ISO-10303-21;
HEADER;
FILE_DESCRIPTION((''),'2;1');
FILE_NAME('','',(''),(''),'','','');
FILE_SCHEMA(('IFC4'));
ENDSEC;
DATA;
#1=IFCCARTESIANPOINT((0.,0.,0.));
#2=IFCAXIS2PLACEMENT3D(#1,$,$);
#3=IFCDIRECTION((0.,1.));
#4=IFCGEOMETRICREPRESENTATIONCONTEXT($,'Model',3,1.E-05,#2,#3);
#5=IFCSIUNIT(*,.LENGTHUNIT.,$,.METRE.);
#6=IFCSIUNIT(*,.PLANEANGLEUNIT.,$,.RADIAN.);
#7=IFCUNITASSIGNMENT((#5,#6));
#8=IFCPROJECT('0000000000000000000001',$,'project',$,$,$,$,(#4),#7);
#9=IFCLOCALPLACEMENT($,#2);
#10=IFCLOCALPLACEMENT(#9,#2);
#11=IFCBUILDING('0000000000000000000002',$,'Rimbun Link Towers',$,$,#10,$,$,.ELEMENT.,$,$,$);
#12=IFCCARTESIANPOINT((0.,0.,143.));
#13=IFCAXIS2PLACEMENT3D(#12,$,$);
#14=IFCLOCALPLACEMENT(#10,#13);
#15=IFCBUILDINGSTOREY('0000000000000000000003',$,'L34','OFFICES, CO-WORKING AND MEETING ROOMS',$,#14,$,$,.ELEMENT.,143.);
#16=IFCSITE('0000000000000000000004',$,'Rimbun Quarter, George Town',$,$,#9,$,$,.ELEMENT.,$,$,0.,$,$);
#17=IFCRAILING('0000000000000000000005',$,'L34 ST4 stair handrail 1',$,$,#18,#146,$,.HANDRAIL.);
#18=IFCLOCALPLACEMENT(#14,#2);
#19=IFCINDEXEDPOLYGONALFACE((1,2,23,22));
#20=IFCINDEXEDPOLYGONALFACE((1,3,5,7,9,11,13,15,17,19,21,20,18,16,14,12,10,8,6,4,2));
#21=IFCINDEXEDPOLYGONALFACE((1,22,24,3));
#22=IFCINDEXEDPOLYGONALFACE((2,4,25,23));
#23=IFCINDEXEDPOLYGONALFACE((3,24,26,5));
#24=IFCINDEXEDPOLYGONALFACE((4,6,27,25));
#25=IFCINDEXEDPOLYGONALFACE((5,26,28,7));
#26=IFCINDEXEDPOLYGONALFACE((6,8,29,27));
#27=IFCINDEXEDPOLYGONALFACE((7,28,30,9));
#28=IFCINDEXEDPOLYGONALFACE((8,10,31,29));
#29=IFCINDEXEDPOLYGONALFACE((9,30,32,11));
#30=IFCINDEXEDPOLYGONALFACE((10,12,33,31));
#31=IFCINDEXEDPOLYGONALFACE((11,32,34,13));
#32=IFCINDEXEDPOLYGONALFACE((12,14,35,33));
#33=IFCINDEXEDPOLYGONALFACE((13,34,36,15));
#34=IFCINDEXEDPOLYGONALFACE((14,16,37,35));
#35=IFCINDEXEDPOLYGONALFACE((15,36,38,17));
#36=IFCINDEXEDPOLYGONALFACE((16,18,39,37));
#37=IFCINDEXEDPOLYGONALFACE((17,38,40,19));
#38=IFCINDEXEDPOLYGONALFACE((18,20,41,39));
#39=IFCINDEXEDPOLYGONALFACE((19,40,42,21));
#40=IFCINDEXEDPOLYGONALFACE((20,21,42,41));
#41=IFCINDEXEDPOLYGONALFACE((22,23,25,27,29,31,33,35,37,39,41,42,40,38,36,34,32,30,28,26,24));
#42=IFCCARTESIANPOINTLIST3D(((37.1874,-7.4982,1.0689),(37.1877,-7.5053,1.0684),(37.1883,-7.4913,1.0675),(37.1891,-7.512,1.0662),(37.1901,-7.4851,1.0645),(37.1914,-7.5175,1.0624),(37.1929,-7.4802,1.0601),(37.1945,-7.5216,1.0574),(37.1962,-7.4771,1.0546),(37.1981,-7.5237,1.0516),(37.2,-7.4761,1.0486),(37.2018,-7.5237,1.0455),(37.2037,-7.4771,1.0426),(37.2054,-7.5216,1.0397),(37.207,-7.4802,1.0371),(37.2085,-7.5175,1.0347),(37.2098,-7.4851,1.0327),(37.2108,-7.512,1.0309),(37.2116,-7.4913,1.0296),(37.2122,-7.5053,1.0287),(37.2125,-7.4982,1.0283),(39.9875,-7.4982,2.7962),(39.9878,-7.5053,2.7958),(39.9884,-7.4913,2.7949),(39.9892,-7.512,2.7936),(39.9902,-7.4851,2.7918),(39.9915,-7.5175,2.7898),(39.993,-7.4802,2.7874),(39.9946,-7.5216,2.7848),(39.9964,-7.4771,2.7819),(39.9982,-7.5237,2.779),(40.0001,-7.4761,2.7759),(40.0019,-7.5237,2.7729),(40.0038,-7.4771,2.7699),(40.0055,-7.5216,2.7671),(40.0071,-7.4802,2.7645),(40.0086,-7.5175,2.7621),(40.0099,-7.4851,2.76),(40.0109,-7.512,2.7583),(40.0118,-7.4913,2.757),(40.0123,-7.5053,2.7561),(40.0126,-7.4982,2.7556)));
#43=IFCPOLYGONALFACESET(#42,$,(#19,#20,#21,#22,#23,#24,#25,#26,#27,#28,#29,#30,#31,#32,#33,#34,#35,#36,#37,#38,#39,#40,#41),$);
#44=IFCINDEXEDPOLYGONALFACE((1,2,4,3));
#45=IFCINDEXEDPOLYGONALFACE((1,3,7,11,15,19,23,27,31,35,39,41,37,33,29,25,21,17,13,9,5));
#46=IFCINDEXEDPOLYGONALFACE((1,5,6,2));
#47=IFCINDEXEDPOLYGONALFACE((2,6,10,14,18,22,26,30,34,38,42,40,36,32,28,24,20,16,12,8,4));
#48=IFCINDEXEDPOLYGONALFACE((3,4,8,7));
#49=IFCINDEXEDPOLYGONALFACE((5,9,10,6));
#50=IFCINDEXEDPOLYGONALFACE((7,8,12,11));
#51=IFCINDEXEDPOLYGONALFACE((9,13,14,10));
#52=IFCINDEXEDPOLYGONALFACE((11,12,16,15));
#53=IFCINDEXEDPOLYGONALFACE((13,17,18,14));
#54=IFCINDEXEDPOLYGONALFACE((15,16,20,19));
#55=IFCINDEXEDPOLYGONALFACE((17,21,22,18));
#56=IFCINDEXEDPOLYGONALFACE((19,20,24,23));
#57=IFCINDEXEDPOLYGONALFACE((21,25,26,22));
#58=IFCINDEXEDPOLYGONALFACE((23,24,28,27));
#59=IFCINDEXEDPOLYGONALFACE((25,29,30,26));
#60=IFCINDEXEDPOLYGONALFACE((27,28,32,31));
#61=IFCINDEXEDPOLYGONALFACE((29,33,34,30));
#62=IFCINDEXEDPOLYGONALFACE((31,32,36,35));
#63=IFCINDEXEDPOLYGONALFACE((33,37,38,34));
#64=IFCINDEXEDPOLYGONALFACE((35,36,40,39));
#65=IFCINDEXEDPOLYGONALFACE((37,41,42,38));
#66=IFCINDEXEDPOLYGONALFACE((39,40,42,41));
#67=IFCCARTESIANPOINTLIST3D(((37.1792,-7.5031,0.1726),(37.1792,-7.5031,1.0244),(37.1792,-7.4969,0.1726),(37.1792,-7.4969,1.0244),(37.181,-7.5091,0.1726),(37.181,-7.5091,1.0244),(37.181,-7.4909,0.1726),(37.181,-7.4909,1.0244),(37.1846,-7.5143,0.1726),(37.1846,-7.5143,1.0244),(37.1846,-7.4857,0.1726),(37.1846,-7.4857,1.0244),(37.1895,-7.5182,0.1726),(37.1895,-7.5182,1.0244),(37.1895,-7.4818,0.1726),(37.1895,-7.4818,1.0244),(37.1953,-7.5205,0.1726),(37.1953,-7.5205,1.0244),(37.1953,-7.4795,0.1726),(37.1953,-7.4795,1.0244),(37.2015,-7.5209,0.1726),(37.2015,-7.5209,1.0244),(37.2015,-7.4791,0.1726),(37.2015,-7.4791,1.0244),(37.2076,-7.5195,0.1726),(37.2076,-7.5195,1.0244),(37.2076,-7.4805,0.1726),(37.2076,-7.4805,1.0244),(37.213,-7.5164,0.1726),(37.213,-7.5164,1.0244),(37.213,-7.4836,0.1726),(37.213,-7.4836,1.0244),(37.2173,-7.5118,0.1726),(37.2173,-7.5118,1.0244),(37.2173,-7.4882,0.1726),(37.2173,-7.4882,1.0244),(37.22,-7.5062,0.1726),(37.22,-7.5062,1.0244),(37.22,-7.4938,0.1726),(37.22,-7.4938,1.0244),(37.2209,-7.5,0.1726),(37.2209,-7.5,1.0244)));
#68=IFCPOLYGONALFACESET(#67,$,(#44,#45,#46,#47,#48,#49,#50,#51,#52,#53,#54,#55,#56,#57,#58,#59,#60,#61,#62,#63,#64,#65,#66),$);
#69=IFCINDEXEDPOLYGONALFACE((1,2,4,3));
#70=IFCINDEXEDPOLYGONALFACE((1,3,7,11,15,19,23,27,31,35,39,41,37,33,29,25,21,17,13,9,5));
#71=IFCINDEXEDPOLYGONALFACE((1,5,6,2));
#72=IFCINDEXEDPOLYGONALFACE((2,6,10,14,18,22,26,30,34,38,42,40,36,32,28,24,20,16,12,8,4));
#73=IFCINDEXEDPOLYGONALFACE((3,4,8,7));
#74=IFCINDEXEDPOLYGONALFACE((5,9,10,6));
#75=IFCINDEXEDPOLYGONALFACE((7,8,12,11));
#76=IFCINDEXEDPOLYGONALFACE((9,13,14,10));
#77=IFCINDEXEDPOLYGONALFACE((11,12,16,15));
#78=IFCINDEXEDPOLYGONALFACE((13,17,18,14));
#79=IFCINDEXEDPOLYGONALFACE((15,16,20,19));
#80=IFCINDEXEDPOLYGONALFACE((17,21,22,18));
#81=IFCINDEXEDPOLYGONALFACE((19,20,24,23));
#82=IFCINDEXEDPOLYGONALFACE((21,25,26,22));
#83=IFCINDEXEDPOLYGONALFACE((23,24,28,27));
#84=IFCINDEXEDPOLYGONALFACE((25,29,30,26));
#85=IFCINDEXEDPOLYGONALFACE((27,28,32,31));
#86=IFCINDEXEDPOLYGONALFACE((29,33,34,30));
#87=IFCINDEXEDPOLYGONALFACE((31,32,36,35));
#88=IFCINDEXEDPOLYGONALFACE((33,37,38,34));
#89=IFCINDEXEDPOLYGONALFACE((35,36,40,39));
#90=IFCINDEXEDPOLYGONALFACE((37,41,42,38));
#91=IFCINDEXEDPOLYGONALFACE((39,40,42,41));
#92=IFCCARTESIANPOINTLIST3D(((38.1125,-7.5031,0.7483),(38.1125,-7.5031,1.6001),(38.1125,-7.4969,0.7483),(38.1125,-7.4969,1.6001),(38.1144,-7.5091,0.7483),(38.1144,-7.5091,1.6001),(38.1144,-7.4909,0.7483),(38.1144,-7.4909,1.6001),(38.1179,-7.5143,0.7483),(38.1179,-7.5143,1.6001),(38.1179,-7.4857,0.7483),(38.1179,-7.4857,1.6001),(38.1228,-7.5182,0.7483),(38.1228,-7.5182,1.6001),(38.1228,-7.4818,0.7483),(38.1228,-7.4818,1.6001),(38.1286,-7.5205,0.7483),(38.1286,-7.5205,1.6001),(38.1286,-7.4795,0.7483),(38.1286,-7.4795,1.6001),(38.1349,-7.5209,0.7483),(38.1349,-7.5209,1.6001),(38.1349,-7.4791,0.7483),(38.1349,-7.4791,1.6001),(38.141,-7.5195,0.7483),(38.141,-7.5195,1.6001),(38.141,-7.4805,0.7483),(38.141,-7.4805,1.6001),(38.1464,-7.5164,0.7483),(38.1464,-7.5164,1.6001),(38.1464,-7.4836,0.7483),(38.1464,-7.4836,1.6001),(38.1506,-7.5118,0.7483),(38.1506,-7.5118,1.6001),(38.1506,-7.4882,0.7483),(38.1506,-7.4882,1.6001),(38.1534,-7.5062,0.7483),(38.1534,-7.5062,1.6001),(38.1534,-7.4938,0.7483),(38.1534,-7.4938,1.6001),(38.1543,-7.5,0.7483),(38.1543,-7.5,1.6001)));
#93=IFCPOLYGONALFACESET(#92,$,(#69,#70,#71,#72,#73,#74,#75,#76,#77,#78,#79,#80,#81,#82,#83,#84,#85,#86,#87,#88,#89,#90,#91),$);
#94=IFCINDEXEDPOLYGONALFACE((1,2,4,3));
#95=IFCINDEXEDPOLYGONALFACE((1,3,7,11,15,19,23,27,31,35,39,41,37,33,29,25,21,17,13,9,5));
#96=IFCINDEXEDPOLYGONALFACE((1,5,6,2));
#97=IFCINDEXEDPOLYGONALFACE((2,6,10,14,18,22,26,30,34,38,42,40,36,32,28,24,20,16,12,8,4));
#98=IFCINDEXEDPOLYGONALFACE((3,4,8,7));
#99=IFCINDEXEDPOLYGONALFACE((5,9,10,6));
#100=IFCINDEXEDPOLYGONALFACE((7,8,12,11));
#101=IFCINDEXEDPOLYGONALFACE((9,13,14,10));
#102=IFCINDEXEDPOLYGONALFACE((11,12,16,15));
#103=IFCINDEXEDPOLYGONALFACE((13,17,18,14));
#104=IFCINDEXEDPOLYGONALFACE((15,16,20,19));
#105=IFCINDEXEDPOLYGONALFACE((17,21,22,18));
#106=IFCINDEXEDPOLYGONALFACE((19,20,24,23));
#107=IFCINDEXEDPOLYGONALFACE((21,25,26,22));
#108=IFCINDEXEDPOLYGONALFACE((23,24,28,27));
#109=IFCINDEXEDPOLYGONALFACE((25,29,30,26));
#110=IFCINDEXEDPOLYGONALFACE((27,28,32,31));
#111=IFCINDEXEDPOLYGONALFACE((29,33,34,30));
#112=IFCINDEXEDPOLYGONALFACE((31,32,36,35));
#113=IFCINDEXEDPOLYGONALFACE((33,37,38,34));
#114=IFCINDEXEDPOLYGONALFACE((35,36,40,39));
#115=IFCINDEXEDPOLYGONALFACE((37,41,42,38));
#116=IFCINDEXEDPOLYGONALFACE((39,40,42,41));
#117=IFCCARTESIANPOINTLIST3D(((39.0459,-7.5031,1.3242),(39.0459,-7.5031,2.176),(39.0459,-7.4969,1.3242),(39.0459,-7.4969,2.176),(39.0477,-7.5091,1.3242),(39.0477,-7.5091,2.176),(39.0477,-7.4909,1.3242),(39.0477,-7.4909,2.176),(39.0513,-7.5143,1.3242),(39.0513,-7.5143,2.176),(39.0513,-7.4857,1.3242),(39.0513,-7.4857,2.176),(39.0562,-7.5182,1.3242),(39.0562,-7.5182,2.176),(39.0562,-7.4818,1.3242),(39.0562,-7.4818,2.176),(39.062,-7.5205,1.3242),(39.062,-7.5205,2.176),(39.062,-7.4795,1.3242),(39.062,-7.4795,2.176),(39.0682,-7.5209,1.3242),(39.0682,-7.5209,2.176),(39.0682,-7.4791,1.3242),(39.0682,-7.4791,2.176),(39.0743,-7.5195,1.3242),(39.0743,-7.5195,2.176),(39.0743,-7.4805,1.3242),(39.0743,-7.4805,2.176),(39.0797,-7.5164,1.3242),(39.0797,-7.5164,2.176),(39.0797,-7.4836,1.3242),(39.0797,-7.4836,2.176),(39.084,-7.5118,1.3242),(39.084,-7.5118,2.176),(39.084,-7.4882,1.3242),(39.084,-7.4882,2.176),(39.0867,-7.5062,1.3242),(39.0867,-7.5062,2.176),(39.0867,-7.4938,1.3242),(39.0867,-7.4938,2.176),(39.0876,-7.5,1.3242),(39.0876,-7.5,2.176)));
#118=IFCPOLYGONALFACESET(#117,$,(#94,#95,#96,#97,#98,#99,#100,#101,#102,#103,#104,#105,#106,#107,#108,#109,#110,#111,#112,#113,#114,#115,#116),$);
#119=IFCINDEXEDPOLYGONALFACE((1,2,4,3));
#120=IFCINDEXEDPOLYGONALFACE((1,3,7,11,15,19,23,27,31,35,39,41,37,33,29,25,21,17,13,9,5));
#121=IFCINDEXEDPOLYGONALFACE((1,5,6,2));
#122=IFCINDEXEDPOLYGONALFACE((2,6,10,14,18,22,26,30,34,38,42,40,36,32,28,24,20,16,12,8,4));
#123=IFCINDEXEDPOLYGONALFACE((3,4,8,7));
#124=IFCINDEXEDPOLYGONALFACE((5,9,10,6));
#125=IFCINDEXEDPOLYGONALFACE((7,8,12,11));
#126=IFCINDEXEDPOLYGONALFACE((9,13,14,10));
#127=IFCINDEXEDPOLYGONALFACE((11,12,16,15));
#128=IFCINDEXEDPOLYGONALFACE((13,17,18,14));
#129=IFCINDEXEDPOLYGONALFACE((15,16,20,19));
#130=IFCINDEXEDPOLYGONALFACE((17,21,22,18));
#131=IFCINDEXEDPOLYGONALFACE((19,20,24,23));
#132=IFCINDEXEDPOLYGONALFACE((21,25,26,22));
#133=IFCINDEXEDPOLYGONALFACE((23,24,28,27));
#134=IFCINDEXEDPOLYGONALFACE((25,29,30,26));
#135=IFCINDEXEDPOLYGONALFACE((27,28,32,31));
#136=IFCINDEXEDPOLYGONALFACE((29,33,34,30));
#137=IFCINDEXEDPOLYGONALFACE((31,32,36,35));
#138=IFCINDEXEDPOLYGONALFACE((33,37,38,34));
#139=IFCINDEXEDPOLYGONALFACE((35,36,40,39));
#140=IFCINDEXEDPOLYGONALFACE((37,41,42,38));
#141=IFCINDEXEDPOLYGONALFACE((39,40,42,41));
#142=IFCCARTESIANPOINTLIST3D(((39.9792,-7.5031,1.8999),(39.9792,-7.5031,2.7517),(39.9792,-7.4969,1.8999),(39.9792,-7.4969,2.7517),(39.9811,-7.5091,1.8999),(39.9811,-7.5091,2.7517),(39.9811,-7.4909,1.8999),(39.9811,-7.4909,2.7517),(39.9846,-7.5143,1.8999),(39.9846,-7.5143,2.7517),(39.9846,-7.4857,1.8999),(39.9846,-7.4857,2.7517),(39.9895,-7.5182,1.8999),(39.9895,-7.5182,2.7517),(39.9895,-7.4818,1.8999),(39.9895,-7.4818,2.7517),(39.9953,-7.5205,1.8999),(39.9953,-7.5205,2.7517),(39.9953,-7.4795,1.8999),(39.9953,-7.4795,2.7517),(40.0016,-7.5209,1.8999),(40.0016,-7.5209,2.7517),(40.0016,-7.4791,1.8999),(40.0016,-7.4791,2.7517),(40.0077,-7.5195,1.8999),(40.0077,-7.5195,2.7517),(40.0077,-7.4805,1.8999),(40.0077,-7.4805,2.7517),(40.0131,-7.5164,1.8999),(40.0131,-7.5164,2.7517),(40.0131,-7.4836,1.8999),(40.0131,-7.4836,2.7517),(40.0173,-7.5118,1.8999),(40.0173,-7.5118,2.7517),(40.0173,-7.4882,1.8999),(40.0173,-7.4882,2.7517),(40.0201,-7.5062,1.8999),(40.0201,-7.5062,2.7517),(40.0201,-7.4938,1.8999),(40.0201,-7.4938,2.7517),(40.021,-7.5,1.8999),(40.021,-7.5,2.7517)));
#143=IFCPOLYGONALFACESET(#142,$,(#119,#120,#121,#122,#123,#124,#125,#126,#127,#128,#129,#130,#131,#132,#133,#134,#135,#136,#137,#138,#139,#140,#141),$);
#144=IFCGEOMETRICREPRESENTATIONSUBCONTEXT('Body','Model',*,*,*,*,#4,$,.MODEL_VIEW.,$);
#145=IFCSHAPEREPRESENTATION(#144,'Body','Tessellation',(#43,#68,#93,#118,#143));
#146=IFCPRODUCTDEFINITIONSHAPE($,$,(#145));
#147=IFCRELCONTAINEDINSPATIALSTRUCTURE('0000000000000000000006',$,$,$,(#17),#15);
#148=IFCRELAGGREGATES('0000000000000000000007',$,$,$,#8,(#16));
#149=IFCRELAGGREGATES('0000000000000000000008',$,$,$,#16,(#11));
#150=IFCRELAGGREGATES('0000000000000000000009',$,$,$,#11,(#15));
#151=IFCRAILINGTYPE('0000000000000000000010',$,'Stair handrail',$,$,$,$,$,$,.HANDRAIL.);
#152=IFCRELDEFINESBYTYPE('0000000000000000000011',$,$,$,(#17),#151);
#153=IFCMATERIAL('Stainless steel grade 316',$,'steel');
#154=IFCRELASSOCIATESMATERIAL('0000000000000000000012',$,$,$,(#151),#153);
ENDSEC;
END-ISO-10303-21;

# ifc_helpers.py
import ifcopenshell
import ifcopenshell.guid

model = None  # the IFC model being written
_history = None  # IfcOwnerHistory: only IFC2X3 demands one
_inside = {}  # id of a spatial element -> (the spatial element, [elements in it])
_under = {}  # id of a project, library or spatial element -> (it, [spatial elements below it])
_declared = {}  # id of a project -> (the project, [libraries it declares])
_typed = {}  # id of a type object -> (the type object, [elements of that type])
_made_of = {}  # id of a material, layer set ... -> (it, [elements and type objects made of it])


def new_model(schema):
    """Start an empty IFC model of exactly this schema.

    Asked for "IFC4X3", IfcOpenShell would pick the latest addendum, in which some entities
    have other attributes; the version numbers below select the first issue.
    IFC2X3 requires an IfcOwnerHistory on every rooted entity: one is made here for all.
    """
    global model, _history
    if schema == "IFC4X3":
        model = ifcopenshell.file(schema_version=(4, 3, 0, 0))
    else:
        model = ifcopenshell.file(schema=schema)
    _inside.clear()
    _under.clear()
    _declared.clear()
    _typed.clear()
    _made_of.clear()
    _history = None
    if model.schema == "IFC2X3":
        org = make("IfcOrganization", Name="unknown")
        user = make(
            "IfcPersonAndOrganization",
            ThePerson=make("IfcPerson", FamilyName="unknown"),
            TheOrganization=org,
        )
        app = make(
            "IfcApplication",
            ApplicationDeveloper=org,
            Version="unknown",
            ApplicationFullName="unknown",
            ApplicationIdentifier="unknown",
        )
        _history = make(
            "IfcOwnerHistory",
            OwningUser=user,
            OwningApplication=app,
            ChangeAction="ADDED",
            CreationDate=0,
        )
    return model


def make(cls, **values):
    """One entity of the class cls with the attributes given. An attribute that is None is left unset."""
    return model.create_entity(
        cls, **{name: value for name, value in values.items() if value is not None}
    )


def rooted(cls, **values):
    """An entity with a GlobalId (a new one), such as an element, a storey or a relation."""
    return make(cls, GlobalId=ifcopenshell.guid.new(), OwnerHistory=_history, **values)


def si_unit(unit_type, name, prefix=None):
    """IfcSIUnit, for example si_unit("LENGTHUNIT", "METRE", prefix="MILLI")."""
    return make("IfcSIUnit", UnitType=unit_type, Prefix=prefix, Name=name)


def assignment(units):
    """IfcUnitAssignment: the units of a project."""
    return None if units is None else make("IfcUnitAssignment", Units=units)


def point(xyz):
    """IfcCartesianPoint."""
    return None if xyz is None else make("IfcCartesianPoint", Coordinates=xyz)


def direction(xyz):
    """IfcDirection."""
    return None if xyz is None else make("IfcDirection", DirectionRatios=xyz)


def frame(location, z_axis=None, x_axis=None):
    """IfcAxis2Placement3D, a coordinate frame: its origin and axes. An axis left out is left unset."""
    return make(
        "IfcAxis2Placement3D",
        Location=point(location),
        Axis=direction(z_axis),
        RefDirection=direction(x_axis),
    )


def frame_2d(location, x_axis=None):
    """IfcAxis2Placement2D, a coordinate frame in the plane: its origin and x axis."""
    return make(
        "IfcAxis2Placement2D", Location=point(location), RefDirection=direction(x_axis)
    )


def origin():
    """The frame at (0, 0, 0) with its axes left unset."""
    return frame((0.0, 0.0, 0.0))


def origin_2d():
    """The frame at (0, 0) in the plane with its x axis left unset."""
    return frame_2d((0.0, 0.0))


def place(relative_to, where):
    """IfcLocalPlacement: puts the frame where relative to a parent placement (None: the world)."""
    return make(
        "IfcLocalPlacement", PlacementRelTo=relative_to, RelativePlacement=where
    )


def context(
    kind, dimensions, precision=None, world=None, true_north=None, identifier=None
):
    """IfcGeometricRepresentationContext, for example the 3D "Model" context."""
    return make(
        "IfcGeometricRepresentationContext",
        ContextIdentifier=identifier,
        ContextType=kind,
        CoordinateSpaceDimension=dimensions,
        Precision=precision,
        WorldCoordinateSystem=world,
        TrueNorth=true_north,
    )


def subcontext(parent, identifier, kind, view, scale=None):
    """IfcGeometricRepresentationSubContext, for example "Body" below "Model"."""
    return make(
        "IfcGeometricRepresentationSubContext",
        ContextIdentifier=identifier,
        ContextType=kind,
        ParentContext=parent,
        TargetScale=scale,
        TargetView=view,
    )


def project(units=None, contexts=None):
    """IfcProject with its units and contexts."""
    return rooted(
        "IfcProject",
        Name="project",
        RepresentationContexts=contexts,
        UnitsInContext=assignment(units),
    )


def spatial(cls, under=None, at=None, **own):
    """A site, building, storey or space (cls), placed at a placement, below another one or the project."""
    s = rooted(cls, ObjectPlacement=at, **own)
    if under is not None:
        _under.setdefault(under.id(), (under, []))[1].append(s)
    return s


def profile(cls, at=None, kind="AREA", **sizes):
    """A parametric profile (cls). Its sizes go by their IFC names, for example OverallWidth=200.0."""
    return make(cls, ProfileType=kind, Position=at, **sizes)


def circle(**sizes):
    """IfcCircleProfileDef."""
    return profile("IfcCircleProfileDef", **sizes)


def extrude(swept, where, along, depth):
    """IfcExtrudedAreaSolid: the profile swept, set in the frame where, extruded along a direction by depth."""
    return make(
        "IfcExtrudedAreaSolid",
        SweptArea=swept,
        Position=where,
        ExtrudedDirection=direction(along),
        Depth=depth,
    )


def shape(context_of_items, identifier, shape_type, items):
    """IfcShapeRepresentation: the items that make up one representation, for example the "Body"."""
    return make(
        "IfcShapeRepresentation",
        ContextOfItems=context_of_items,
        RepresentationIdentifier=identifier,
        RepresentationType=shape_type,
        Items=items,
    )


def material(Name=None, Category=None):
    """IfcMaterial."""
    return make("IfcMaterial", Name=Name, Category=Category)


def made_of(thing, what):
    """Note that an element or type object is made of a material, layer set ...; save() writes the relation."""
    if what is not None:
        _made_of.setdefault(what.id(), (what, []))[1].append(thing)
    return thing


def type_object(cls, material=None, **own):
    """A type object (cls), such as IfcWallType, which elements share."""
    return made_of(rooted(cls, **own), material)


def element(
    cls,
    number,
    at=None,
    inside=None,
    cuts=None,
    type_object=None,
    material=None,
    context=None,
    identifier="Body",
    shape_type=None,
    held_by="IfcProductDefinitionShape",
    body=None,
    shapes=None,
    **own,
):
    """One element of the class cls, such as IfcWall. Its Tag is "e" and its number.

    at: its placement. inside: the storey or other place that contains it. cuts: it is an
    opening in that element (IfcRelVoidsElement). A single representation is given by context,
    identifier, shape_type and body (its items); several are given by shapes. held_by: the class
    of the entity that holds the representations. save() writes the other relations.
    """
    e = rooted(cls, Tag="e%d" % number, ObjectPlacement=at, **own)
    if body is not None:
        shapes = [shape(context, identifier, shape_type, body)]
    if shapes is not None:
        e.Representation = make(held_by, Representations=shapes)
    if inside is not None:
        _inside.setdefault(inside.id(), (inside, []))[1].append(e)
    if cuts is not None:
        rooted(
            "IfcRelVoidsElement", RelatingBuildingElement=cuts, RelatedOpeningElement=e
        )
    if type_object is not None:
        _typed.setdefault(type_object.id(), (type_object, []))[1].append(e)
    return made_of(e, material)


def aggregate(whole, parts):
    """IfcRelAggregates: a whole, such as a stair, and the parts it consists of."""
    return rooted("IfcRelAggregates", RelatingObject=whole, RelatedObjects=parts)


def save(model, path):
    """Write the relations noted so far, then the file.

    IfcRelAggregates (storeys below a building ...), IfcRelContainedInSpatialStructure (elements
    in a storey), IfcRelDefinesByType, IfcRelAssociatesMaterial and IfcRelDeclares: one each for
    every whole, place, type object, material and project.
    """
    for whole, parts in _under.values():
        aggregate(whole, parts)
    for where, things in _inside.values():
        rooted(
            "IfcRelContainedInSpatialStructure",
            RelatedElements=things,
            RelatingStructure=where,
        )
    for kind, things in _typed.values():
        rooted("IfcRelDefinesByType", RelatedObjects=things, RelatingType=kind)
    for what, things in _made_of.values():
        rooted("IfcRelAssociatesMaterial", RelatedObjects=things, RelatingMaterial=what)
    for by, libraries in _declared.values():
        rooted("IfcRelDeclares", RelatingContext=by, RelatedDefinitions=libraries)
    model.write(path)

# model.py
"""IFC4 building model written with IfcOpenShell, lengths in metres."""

from ifc_helpers import new_model, si_unit, direction, frame, origin, origin_2d, place, context, subcontext, project, spatial, circle, extrude, material, type_object, element, save


model = new_model("IFC4")

# Units and contexts
model_context = context("Model", 3, precision=1e-05, world=origin(), true_north=direction((0.0, 1.0)))
body_context = subcontext(model_context, "Body", "Model", "MODEL_VIEW")
ifc_project = project(units=[si_unit("LENGTHUNIT", "METRE"), si_unit("PLANEANGLEUNIT", "RADIAN")], contexts=[model_context])

# Site, building, storey
site_placement = place(None, origin())
site = spatial("IfcSite", under=ifc_project, at=site_placement, Name="Rimbun Quarter, George Town", CompositionType="ELEMENT", RefElevation=0.0)
building_placement = place(site_placement, origin())
building = spatial("IfcBuilding", under=site, at=building_placement, Name="Rimbun Link Towers", CompositionType="ELEMENT")
storey_placement = place(building_placement, frame((0.0, 0.0, 143.0)))
storey = spatial("IfcBuildingStorey", under=building, at=storey_placement, Name="L34", Description="OFFICES, CO-WORKING AND MEETING ROOMS", CompositionType="ELEMENT", Elevation=143.0)

# Railing
ifc_material_1 = material(Name="Stainless steel grade 316", Category="steel")
railing_type_1 = type_object("IfcRailingType", Name="Stair handrail", PredefinedType="HANDRAIL", material=ifc_material_1)
railing_1_placement = place(storey_placement, frame((37.2, -7.5, 0.1726)))
element("IfcRailing", 1, at=railing_1_placement, inside=storey, type_object=railing_type_1, Name="L34 ST4 stair handrail 1", PredefinedType="HANDRAIL", context=body_context, shape_type="SweptSolid", body=[
    extrude(circle(Radius=0.0239, at=origin_2d()), frame((0.0, 0.0, 0.876), z_axis=(0.85109, 0.0, 0.52502), x_axis=(0.0, 1.0, 0.0)), (0.0, 0.0, 1.0), 3.29),
    extrude(circle(Radius=0.021, at=origin_2d()), origin(), (0.0, 0.0, 1.0), 0.8518),
    extrude(circle(Radius=0.021, at=origin_2d()), frame((0.9333, 0.0, 0.5757)), (0.0, 0.0, 1.0), 0.8518),
    extrude(circle(Radius=0.021, at=origin_2d()), frame((1.8667, 0.0, 1.1516)), (0.0, 0.0, 1.0), 0.8518),
    extrude(circle(Radius=0.021, at=origin_2d()), frame((2.8, 0.0, 1.7273)), (0.0, 0.0, 1.0), 0.8518),
])

save(model, "model.ifc")
